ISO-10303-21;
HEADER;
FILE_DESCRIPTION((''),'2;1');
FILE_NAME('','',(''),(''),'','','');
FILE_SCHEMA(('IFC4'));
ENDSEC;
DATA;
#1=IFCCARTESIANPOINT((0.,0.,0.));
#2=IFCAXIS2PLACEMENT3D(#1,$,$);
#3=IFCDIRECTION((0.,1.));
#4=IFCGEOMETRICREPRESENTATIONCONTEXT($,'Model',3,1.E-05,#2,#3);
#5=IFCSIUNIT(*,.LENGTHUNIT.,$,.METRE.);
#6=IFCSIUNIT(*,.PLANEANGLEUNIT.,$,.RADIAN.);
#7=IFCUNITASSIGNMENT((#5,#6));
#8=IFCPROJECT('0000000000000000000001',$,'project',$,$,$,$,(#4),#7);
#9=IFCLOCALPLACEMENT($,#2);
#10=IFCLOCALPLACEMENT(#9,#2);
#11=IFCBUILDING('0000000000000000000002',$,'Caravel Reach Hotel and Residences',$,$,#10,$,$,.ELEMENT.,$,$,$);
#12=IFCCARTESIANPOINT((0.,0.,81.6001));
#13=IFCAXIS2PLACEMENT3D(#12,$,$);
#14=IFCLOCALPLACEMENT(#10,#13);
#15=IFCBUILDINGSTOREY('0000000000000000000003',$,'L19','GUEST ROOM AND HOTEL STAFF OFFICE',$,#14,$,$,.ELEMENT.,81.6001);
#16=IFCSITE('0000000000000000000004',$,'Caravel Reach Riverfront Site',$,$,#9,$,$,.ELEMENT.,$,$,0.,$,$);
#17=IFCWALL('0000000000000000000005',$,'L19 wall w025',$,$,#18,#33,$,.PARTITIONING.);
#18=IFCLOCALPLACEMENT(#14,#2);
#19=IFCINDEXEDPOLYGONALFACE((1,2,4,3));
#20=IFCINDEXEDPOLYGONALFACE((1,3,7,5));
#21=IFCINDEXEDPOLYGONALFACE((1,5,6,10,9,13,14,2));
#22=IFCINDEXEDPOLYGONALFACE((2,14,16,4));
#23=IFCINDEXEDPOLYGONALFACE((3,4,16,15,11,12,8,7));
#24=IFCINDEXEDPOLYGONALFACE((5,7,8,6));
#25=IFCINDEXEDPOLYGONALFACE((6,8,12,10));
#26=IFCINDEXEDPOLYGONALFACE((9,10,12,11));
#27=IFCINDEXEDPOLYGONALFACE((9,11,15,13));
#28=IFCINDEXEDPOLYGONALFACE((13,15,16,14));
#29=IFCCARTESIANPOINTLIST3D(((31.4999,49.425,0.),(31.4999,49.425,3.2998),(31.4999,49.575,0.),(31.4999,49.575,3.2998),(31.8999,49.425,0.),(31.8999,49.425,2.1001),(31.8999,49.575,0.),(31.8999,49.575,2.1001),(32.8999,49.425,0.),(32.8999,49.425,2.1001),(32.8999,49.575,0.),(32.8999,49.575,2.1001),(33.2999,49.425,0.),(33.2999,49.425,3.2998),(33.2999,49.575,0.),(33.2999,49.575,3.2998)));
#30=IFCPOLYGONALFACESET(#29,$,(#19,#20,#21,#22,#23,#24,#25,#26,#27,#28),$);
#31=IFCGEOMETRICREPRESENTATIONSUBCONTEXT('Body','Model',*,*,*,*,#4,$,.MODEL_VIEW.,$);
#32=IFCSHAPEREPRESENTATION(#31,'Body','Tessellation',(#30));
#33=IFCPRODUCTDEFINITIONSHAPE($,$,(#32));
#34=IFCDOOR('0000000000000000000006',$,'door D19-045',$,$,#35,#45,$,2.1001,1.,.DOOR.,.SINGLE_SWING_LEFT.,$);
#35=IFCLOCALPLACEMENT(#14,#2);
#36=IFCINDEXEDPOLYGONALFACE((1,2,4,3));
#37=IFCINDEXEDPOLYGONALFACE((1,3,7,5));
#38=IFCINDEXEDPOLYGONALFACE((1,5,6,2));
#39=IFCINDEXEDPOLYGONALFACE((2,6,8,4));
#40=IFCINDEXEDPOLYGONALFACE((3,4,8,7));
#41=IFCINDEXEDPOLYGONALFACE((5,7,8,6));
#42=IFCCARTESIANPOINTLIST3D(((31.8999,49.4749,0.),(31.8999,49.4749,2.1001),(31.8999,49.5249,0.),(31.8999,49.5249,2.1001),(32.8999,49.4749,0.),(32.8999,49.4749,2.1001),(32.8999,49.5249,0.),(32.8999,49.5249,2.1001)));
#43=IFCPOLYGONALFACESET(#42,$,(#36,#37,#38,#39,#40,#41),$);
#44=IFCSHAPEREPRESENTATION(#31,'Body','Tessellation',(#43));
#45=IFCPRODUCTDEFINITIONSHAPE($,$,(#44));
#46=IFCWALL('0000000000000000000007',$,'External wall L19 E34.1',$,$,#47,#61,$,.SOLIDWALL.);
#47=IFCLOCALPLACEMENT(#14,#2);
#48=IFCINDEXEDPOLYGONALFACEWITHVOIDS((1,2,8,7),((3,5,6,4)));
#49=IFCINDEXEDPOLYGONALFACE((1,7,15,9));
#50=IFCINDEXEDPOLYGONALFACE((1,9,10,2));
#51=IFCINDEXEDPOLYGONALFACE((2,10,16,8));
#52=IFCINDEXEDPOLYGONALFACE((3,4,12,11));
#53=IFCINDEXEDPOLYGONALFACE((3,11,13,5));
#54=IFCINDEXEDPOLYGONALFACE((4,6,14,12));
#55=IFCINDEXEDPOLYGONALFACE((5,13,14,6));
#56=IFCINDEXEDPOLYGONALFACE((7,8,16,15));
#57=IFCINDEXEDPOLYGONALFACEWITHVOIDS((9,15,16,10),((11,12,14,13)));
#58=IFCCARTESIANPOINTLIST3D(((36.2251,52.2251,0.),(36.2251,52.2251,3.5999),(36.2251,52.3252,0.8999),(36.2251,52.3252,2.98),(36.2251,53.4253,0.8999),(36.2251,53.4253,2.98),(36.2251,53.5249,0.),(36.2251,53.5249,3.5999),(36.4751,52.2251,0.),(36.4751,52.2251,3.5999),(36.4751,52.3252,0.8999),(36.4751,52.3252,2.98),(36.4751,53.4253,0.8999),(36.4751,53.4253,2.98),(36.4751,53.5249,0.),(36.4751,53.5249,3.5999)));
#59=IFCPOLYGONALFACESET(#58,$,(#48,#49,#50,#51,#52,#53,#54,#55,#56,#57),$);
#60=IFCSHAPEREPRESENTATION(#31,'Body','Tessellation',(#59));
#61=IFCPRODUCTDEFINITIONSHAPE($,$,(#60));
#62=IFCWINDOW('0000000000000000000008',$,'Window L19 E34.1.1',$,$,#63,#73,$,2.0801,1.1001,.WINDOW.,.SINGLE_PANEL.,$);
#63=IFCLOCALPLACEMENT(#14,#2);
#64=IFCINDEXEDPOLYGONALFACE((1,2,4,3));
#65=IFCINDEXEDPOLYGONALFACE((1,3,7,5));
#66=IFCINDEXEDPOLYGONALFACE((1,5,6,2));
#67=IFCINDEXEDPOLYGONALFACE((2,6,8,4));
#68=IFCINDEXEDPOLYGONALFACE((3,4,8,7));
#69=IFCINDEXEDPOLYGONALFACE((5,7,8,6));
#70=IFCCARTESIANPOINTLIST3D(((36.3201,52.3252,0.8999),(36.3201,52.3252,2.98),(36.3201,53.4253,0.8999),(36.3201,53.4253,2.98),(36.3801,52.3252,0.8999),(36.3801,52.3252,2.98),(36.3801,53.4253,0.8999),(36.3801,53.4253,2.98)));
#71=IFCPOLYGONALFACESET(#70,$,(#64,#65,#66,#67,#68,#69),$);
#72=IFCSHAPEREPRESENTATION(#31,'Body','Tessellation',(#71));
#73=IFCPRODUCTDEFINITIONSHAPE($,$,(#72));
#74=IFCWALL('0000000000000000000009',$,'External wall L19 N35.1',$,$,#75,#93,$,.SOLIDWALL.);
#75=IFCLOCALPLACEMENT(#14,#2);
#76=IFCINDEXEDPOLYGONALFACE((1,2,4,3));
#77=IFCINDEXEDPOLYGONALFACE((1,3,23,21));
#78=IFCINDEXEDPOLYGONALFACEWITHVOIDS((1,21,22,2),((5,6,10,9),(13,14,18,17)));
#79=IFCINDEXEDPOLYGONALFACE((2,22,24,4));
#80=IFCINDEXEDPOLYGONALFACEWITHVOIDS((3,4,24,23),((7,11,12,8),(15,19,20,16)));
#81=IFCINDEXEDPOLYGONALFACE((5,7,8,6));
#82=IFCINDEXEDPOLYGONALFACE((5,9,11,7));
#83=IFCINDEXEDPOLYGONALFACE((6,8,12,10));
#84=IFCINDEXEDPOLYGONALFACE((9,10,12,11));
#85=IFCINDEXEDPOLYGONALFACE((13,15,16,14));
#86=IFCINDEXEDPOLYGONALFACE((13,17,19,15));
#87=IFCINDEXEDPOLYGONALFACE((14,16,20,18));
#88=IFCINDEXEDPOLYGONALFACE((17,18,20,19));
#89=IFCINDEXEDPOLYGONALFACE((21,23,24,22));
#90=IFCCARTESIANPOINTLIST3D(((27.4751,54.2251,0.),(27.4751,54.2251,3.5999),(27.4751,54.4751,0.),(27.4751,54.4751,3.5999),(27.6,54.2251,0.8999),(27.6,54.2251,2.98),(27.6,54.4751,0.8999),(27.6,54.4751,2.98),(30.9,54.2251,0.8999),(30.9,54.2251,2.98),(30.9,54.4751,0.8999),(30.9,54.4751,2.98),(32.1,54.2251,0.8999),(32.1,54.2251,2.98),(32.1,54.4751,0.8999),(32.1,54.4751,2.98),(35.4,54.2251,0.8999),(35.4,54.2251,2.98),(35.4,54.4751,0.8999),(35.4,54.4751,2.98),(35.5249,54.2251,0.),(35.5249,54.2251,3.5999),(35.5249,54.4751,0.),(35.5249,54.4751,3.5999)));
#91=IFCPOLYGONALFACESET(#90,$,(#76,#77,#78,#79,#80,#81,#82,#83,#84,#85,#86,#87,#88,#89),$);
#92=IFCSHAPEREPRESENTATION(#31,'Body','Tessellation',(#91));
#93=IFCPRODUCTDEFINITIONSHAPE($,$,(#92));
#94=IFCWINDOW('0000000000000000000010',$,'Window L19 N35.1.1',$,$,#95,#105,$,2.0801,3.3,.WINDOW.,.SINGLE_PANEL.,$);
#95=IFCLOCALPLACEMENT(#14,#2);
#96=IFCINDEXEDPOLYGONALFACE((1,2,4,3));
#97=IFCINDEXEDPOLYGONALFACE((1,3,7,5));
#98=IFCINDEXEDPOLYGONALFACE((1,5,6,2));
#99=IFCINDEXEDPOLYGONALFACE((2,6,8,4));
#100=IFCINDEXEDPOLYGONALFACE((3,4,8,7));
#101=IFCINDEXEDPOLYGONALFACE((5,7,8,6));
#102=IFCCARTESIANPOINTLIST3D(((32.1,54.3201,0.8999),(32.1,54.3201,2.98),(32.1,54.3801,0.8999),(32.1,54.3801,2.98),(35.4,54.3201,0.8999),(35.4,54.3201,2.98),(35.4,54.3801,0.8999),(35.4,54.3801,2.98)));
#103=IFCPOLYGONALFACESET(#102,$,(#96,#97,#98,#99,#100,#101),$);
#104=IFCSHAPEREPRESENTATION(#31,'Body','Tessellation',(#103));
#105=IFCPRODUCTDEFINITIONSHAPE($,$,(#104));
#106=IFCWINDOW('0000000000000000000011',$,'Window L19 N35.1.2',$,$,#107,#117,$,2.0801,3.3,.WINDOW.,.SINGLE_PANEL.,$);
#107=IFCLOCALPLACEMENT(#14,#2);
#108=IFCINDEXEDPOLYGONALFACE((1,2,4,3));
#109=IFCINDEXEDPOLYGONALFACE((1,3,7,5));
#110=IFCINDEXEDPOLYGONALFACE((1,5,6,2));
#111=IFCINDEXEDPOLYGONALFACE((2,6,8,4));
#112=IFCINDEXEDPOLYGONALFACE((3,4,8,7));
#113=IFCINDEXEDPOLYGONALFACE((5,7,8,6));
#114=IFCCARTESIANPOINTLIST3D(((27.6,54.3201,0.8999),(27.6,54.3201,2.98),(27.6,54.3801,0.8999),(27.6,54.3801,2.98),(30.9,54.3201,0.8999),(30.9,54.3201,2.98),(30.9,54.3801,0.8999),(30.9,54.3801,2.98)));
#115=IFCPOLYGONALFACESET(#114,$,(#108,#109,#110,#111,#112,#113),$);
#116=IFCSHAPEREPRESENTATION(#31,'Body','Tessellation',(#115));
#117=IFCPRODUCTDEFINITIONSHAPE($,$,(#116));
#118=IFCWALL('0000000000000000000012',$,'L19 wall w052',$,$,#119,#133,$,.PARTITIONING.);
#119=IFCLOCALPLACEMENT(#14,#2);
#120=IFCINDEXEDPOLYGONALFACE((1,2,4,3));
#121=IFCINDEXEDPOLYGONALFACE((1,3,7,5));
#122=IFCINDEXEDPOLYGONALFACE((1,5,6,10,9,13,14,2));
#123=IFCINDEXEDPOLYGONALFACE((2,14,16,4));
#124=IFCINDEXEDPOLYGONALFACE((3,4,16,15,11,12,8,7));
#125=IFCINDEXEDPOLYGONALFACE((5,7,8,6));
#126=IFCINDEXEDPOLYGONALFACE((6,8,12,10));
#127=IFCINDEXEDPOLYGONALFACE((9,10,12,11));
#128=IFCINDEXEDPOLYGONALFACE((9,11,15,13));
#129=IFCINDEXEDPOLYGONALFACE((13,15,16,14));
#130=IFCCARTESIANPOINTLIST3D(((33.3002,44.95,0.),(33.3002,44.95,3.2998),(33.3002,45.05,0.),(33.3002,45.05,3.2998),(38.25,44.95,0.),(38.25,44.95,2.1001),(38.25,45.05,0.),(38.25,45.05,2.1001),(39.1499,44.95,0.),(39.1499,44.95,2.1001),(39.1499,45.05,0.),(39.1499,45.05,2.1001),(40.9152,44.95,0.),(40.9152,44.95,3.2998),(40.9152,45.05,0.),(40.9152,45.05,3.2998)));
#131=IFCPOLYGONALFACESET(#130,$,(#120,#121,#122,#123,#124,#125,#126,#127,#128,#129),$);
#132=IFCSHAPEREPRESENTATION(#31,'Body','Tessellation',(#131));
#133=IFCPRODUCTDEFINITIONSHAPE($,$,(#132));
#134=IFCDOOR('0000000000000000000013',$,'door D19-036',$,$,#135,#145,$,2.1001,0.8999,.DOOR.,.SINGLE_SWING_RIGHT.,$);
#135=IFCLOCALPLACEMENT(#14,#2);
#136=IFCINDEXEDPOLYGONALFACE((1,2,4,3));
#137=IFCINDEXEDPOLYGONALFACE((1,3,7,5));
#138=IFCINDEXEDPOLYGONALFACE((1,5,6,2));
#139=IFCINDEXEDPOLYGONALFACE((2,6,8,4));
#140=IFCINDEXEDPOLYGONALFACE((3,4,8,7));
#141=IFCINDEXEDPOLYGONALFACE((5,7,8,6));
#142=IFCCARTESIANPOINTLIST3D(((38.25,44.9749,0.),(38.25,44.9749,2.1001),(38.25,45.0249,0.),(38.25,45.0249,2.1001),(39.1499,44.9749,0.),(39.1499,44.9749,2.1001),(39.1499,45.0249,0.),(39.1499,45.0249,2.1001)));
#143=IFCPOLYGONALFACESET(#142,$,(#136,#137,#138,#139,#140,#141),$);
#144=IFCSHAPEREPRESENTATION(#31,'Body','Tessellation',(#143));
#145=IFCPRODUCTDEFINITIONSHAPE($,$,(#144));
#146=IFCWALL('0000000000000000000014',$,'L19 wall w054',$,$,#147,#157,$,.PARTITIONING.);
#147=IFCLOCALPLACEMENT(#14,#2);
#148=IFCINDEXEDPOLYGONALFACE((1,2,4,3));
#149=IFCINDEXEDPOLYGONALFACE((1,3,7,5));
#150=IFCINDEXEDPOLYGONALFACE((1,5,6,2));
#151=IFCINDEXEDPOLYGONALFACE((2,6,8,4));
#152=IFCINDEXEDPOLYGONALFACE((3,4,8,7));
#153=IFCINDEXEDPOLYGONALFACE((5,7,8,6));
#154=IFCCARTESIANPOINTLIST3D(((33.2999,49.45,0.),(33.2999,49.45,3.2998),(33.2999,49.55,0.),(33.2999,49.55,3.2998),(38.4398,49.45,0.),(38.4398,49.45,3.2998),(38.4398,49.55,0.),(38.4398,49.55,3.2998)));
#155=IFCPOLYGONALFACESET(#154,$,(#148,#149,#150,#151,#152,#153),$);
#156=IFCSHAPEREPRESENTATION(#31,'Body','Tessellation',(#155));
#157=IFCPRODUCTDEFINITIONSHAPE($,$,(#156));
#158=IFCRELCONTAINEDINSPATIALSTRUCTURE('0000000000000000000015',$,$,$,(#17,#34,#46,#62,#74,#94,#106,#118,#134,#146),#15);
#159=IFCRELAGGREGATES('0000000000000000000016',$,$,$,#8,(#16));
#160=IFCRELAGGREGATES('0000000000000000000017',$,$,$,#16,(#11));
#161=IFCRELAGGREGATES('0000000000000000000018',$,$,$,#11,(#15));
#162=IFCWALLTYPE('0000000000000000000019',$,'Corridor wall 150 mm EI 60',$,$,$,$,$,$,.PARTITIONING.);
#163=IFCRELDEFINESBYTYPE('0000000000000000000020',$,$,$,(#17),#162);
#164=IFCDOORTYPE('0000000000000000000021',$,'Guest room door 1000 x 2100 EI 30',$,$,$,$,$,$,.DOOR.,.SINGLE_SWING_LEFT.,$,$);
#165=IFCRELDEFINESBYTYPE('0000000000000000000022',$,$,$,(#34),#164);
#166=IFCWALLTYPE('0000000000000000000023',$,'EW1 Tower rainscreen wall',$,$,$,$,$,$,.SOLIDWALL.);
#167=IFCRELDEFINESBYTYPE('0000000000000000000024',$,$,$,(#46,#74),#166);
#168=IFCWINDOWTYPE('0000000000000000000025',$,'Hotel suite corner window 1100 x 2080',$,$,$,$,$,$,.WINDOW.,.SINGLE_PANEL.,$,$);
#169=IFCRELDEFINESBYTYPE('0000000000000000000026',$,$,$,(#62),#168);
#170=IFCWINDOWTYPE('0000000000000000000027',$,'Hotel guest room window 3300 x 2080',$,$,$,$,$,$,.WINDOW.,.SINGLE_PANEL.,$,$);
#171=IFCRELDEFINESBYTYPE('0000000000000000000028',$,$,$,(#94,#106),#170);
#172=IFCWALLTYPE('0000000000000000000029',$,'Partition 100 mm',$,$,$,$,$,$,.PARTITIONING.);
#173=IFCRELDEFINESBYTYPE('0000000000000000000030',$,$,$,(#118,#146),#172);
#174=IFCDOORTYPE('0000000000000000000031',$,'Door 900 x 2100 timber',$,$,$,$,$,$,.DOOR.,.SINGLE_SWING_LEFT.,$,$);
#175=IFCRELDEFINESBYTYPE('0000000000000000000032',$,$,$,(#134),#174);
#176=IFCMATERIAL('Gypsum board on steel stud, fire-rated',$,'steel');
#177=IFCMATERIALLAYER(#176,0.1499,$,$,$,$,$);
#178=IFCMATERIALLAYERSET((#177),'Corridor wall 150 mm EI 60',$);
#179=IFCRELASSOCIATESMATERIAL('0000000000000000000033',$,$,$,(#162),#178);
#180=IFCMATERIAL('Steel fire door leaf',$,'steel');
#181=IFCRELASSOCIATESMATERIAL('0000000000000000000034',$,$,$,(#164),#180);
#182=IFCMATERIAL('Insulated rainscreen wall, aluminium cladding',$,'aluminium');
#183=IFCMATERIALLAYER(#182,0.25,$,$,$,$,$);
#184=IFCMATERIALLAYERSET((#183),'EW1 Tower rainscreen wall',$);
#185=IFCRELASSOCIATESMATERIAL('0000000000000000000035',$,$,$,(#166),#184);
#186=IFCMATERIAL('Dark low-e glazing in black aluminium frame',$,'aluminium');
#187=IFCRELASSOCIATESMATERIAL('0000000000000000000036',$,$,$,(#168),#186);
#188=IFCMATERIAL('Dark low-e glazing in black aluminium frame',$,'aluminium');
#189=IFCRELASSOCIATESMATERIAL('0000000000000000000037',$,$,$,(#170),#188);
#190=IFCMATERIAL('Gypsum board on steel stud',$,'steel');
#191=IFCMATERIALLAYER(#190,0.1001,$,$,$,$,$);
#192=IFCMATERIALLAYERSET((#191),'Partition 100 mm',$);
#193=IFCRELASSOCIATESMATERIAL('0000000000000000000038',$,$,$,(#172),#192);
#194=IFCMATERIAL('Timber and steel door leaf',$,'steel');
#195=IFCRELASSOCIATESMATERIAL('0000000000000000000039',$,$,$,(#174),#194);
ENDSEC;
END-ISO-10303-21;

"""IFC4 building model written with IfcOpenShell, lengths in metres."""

from ifc_helpers import new_model, si_unit, direction, frame, frame_2d, origin, place, context, subcontext, project, spatial, rectangle, extrude, material, layer, layer_set, type_object, element, fill, save


model = new_model("IFC4")

# Units and contexts
model_context = context("Model", 3, precision=1e-05, world=origin(), true_north=direction((0.0, 1.0)))
body_context = subcontext(model_context, "Body", "Model", "MODEL_VIEW")
ifc_project = project(units=[si_unit("LENGTHUNIT", "METRE"), si_unit("PLANEANGLEUNIT", "RADIAN")], contexts=[model_context])

# Site, building, storey
site_placement = place(None, origin())
site = spatial("IfcSite", under=ifc_project, at=site_placement, Name="Caravel Reach Riverfront Site", CompositionType="ELEMENT", RefElevation=0.0)
building_placement = place(site_placement, origin())
building = spatial("IfcBuilding", under=site, at=building_placement, Name="Caravel Reach Hotel and Residences", CompositionType="ELEMENT")
storey_placement = place(building_placement, frame((0.0, 0.0, 81.6001)))
storey = spatial("IfcBuildingStorey", under=building, at=storey_placement, Name="L19", Description="GUEST ROOM AND HOTEL STAFF OFFICE", CompositionType="ELEMENT", Elevation=81.6001)

# Wall, opening, door
ifc_material_1 = material(Name="Gypsum board on steel stud, fire-rated", Category="steel")
ifc_layer_1 = layer(ifc_material_1, 0.1499)
ifc_layer_set_1 = layer_set([ifc_layer_1], Name="Corridor wall 150 mm EI 60")
wall_type_1 = type_object("IfcWallType", Name="Corridor wall 150 mm EI 60", PredefinedType="PARTITIONING", material=ifc_layer_set_1)
wall_1_placement = place(storey_placement, frame((31.5, 49.5, 0.0), z_axis=(0.0, 0.0, 1.0), x_axis=(1.0, 0.0, 0.0)))
wall_1 = element("IfcWall", 1, at=wall_1_placement, inside=storey, type_object=wall_type_1, Name="L19 wall w025", PredefinedType="PARTITIONING", context=body_context, shape_type="SweptSolid", body=[
    extrude(rectangle(XDim=1.8, YDim=0.1499, at=frame_2d((0.8999, 0.0))), origin(), (0.0, 0.0, 1.0), 3.2998),
])
opening_1_placement = place(wall_1_placement, frame((0.3999, 0.0, 0.0)))
opening_1 = element("IfcOpeningElement", 2, at=opening_1_placement, cuts=wall_1, PredefinedType="OPENING", context=body_context, shape_type="SweptSolid", body=[
    extrude(rectangle(XDim=1.0, YDim=2.1001, at=frame_2d((0.5, 1.05))), frame((0.0, 0.085, 0.0), z_axis=(0.0, -1.0, 0.0), x_axis=(1.0, 0.0, 0.0)), (0.0, 0.0, 1.0), 0.1699),
])
ifc_material_2 = material(Name="Steel fire door leaf", Category="steel")
door_type_1 = type_object("IfcDoorType", Name="Guest room door 1000 x 2100 EI 30", OperationType="SINGLE_SWING_LEFT", PredefinedType="DOOR", material=ifc_material_2)
door_1_placement = place(opening_1_placement, origin())
door_1 = element("IfcDoor", 3, at=door_1_placement, inside=storey, type_object=door_type_1, Name="door D19-045", OperationType="SINGLE_SWING_LEFT", OverallHeight=2.1001, OverallWidth=1.0, PredefinedType="DOOR", context=body_context, shape_type="SweptSolid", body=[
    extrude(rectangle(XDim=1.0, YDim=2.1001, at=frame_2d((0.5, 1.05))), frame((0.0, 0.0249, 0.0), z_axis=(0.0, -1.0, 0.0), x_axis=(1.0, 0.0, 0.0)), (0.0, 0.0, 1.0), 0.05),
])
fill(opening_1, door_1)

# Wall, opening, window
ifc_material_3 = material(Name="Insulated rainscreen wall, aluminium cladding", Category="aluminium")
ifc_layer_2 = layer(ifc_material_3, 0.25)
ifc_layer_set_2 = layer_set([ifc_layer_2], Name="EW1 Tower rainscreen wall")
wall_type_2 = type_object("IfcWallType", Name="EW1 Tower rainscreen wall", PredefinedType="SOLIDWALL", material=ifc_layer_set_2)
wall_2_placement = place(storey_placement, frame((36.3501, 52.2251, 0.0), z_axis=(0.0, 0.0, 1.0), x_axis=(0.0, 1.0, 0.0)))
wall_2 = element("IfcWall", 4, at=wall_2_placement, inside=storey, type_object=wall_type_2, Name="External wall L19 E34.1", PredefinedType="SOLIDWALL", context=body_context, shape_type="SweptSolid", body=[
    extrude(rectangle(XDim=1.2998, YDim=0.25, at=frame_2d((0.6499, 0.0))), origin(), (0.0, 0.0, 1.0), 3.5999),
])
opening_2_placement = place(wall_2_placement, frame((0.1001, 0.0, 0.8999)))
opening_2 = element("IfcOpeningElement", 5, at=opening_2_placement, cuts=wall_2, PredefinedType="OPENING", context=body_context, shape_type="SweptSolid", body=[
    extrude(rectangle(XDim=1.1001, YDim=2.0801, at=frame_2d((0.55, 1.04))), frame((0.0, 0.135, 0.0), z_axis=(0.0, -1.0, 0.0), x_axis=(1.0, 0.0, 0.0)), (0.0, 0.0, 1.0), 0.27),
])
ifc_material_4 = material(Name="Dark low-e glazing in black aluminium frame", Category="aluminium")
window_type_1 = type_object("IfcWindowType", Name="Hotel suite corner window 1100 x 2080", PartitioningType="SINGLE_PANEL", PredefinedType="WINDOW", material=ifc_material_4)
window_1_placement = place(opening_2_placement, origin())
window_1 = element("IfcWindow", 6, at=window_1_placement, inside=storey, type_object=window_type_1, Name="Window L19 E34.1.1", OverallHeight=2.0801, OverallWidth=1.1001, PartitioningType="SINGLE_PANEL", PredefinedType="WINDOW", context=body_context, shape_type="SweptSolid", body=[
    extrude(rectangle(XDim=1.1001, YDim=2.0801, at=frame_2d((0.55, 1.04))), frame((0.0, 0.03, 0.0), z_axis=(0.0, -1.0, 0.0), x_axis=(1.0, 0.0, 0.0)), (0.0, 0.0, 1.0), 0.0601),
])
fill(opening_2, window_1)

# Wall, openings, windows
wall_3_placement = place(storey_placement, frame((35.5249, 54.3501, 0.0), z_axis=(0.0, 0.0, 1.0), x_axis=(-1.0, 0.0, 0.0)))
wall_3 = element("IfcWall", 7, at=wall_3_placement, inside=storey, type_object=wall_type_2, Name="External wall L19 N35.1", PredefinedType="SOLIDWALL", context=body_context, shape_type="SweptSolid", body=[
    extrude(rectangle(XDim=8.0498, YDim=0.25, at=frame_2d((4.0249, 0.0))), origin(), (0.0, 0.0, 1.0), 3.5999),
])
opening_3_placement = place(wall_3_placement, frame((0.125, 0.0, 0.8999)))
opening_3 = element("IfcOpeningElement", 8, at=opening_3_placement, cuts=wall_3, PredefinedType="OPENING", context=body_context, shape_type="SweptSolid", body=[
    extrude(rectangle(XDim=3.3, YDim=2.0801, at=frame_2d((1.6499, 1.04))), frame((0.0, 0.135, 0.0), z_axis=(0.0, -1.0, 0.0), x_axis=(1.0, 0.0, 0.0)), (0.0, 0.0, 1.0), 0.27),
])
opening_4_placement = place(wall_3_placement, frame((4.625, 0.0, 0.8999)))
opening_4 = element("IfcOpeningElement", 9, at=opening_4_placement, cuts=wall_3, PredefinedType="OPENING", context=body_context, shape_type="SweptSolid", body=[
    extrude(rectangle(XDim=3.3, YDim=2.0801, at=frame_2d((1.6499, 1.04))), frame((0.0, 0.135, 0.0), z_axis=(0.0, -1.0, 0.0), x_axis=(1.0, 0.0, 0.0)), (0.0, 0.0, 1.0), 0.27),
])
ifc_material_5 = material(Name="Dark low-e glazing in black aluminium frame", Category="aluminium")
window_type_2 = type_object("IfcWindowType", Name="Hotel guest room window 3300 x 2080", PartitioningType="SINGLE_PANEL", PredefinedType="WINDOW", material=ifc_material_5)
window_2_placement = place(opening_3_placement, origin())
window_2 = element("IfcWindow", 10, at=window_2_placement, inside=storey, type_object=window_type_2, Name="Window L19 N35.1.1", OverallHeight=2.0801, OverallWidth=3.3, PartitioningType="SINGLE_PANEL", PredefinedType="WINDOW", context=body_context, shape_type="SweptSolid", body=[
    extrude(rectangle(XDim=3.3, YDim=2.0801, at=frame_2d((1.6499, 1.04))), frame((0.0, 0.03, 0.0), z_axis=(0.0, -1.0, 0.0), x_axis=(1.0, 0.0, 0.0)), (0.0, 0.0, 1.0), 0.0601),
])
fill(opening_3, window_2)
window_3_placement = place(opening_4_placement, origin())
window_3 = element("IfcWindow", 11, at=window_3_placement, inside=storey, type_object=window_type_2, Name="Window L19 N35.1.2", OverallHeight=2.0801, OverallWidth=3.3, PartitioningType="SINGLE_PANEL", PredefinedType="WINDOW", context=body_context, shape_type="SweptSolid", body=[
    extrude(rectangle(XDim=3.3, YDim=2.0801, at=frame_2d((1.6499, 1.04))), frame((0.0, 0.03, 0.0), z_axis=(0.0, -1.0, 0.0), x_axis=(1.0, 0.0, 0.0)), (0.0, 0.0, 1.0), 0.0601),
])
fill(opening_4, window_3)

# Wall, opening, door
ifc_material_6 = material(Name="Gypsum board on steel stud", Category="steel")
ifc_layer_3 = layer(ifc_material_6, 0.1001)
ifc_layer_set_3 = layer_set([ifc_layer_3], Name="Partition 100 mm")
wall_type_3 = type_object("IfcWallType", Name="Partition 100 mm", PredefinedType="PARTITIONING", material=ifc_layer_set_3)
wall_4_placement = place(storey_placement, frame((33.3, 45.0, 0.0), z_axis=(0.0, 0.0, 1.0), x_axis=(1.0, 0.0, 0.0)))
wall_4 = element("IfcWall", 12, at=wall_4_placement, inside=storey, type_object=wall_type_3, Name="L19 wall w052", PredefinedType="PARTITIONING", context=body_context, shape_type="SweptSolid", body=[
    extrude(rectangle(XDim=7.615, YDim=0.1001, at=frame_2d((3.8076, 0.0))), origin(), (0.0, 0.0, 1.0), 3.2998),
])
opening_5_placement = place(wall_4_placement, frame((4.95, 0.0, 0.0)))
opening_5 = element("IfcOpeningElement", 13, at=opening_5_placement, cuts=wall_4, PredefinedType="OPENING", context=body_context, shape_type="SweptSolid", body=[
    extrude(rectangle(XDim=0.8999, YDim=2.1001, at=frame_2d((0.45, 1.05))), frame((0.0, 0.0601, 0.0), z_axis=(0.0, -1.0, 0.0), x_axis=(1.0, 0.0, 0.0)), (0.0, 0.0, 1.0), 0.1201),
])
ifc_material_7 = material(Name="Timber and steel door leaf", Category="steel")
door_type_2 = type_object("IfcDoorType", Name="Door 900 x 2100 timber", OperationType="SINGLE_SWING_LEFT", PredefinedType="DOOR", material=ifc_material_7)
door_2_placement = place(opening_5_placement, origin())
door_2 = element("IfcDoor", 14, at=door_2_placement, inside=storey, type_object=door_type_2, Name="door D19-036", OperationType="SINGLE_SWING_RIGHT", OverallHeight=2.1001, OverallWidth=0.8999, PredefinedType="DOOR", context=body_context, shape_type="SweptSolid", body=[
    extrude(rectangle(XDim=0.8999, YDim=2.1001, at=frame_2d((0.45, 1.05))), frame((0.0, 0.0249, 0.0), z_axis=(0.0, -1.0, 0.0), x_axis=(1.0, 0.0, 0.0)), (0.0, 0.0, 1.0), 0.05),
])
fill(opening_5, door_2)

# Wall
wall_5_placement = place(storey_placement, frame((33.3, 49.5, 0.0), z_axis=(0.0, 0.0, 1.0), x_axis=(1.0, 0.0, 0.0)))
element("IfcWall", 15, at=wall_5_placement, inside=storey, type_object=wall_type_3, Name="L19 wall w054", PredefinedType="PARTITIONING", context=body_context, shape_type="SweptSolid", body=[
    extrude(rectangle(XDim=5.1399, YDim=0.1001, at=frame_2d((2.5698, 0.0))), origin(), (0.0, 0.0, 1.0), 3.2998),
])

save(model, "model.ifc")
